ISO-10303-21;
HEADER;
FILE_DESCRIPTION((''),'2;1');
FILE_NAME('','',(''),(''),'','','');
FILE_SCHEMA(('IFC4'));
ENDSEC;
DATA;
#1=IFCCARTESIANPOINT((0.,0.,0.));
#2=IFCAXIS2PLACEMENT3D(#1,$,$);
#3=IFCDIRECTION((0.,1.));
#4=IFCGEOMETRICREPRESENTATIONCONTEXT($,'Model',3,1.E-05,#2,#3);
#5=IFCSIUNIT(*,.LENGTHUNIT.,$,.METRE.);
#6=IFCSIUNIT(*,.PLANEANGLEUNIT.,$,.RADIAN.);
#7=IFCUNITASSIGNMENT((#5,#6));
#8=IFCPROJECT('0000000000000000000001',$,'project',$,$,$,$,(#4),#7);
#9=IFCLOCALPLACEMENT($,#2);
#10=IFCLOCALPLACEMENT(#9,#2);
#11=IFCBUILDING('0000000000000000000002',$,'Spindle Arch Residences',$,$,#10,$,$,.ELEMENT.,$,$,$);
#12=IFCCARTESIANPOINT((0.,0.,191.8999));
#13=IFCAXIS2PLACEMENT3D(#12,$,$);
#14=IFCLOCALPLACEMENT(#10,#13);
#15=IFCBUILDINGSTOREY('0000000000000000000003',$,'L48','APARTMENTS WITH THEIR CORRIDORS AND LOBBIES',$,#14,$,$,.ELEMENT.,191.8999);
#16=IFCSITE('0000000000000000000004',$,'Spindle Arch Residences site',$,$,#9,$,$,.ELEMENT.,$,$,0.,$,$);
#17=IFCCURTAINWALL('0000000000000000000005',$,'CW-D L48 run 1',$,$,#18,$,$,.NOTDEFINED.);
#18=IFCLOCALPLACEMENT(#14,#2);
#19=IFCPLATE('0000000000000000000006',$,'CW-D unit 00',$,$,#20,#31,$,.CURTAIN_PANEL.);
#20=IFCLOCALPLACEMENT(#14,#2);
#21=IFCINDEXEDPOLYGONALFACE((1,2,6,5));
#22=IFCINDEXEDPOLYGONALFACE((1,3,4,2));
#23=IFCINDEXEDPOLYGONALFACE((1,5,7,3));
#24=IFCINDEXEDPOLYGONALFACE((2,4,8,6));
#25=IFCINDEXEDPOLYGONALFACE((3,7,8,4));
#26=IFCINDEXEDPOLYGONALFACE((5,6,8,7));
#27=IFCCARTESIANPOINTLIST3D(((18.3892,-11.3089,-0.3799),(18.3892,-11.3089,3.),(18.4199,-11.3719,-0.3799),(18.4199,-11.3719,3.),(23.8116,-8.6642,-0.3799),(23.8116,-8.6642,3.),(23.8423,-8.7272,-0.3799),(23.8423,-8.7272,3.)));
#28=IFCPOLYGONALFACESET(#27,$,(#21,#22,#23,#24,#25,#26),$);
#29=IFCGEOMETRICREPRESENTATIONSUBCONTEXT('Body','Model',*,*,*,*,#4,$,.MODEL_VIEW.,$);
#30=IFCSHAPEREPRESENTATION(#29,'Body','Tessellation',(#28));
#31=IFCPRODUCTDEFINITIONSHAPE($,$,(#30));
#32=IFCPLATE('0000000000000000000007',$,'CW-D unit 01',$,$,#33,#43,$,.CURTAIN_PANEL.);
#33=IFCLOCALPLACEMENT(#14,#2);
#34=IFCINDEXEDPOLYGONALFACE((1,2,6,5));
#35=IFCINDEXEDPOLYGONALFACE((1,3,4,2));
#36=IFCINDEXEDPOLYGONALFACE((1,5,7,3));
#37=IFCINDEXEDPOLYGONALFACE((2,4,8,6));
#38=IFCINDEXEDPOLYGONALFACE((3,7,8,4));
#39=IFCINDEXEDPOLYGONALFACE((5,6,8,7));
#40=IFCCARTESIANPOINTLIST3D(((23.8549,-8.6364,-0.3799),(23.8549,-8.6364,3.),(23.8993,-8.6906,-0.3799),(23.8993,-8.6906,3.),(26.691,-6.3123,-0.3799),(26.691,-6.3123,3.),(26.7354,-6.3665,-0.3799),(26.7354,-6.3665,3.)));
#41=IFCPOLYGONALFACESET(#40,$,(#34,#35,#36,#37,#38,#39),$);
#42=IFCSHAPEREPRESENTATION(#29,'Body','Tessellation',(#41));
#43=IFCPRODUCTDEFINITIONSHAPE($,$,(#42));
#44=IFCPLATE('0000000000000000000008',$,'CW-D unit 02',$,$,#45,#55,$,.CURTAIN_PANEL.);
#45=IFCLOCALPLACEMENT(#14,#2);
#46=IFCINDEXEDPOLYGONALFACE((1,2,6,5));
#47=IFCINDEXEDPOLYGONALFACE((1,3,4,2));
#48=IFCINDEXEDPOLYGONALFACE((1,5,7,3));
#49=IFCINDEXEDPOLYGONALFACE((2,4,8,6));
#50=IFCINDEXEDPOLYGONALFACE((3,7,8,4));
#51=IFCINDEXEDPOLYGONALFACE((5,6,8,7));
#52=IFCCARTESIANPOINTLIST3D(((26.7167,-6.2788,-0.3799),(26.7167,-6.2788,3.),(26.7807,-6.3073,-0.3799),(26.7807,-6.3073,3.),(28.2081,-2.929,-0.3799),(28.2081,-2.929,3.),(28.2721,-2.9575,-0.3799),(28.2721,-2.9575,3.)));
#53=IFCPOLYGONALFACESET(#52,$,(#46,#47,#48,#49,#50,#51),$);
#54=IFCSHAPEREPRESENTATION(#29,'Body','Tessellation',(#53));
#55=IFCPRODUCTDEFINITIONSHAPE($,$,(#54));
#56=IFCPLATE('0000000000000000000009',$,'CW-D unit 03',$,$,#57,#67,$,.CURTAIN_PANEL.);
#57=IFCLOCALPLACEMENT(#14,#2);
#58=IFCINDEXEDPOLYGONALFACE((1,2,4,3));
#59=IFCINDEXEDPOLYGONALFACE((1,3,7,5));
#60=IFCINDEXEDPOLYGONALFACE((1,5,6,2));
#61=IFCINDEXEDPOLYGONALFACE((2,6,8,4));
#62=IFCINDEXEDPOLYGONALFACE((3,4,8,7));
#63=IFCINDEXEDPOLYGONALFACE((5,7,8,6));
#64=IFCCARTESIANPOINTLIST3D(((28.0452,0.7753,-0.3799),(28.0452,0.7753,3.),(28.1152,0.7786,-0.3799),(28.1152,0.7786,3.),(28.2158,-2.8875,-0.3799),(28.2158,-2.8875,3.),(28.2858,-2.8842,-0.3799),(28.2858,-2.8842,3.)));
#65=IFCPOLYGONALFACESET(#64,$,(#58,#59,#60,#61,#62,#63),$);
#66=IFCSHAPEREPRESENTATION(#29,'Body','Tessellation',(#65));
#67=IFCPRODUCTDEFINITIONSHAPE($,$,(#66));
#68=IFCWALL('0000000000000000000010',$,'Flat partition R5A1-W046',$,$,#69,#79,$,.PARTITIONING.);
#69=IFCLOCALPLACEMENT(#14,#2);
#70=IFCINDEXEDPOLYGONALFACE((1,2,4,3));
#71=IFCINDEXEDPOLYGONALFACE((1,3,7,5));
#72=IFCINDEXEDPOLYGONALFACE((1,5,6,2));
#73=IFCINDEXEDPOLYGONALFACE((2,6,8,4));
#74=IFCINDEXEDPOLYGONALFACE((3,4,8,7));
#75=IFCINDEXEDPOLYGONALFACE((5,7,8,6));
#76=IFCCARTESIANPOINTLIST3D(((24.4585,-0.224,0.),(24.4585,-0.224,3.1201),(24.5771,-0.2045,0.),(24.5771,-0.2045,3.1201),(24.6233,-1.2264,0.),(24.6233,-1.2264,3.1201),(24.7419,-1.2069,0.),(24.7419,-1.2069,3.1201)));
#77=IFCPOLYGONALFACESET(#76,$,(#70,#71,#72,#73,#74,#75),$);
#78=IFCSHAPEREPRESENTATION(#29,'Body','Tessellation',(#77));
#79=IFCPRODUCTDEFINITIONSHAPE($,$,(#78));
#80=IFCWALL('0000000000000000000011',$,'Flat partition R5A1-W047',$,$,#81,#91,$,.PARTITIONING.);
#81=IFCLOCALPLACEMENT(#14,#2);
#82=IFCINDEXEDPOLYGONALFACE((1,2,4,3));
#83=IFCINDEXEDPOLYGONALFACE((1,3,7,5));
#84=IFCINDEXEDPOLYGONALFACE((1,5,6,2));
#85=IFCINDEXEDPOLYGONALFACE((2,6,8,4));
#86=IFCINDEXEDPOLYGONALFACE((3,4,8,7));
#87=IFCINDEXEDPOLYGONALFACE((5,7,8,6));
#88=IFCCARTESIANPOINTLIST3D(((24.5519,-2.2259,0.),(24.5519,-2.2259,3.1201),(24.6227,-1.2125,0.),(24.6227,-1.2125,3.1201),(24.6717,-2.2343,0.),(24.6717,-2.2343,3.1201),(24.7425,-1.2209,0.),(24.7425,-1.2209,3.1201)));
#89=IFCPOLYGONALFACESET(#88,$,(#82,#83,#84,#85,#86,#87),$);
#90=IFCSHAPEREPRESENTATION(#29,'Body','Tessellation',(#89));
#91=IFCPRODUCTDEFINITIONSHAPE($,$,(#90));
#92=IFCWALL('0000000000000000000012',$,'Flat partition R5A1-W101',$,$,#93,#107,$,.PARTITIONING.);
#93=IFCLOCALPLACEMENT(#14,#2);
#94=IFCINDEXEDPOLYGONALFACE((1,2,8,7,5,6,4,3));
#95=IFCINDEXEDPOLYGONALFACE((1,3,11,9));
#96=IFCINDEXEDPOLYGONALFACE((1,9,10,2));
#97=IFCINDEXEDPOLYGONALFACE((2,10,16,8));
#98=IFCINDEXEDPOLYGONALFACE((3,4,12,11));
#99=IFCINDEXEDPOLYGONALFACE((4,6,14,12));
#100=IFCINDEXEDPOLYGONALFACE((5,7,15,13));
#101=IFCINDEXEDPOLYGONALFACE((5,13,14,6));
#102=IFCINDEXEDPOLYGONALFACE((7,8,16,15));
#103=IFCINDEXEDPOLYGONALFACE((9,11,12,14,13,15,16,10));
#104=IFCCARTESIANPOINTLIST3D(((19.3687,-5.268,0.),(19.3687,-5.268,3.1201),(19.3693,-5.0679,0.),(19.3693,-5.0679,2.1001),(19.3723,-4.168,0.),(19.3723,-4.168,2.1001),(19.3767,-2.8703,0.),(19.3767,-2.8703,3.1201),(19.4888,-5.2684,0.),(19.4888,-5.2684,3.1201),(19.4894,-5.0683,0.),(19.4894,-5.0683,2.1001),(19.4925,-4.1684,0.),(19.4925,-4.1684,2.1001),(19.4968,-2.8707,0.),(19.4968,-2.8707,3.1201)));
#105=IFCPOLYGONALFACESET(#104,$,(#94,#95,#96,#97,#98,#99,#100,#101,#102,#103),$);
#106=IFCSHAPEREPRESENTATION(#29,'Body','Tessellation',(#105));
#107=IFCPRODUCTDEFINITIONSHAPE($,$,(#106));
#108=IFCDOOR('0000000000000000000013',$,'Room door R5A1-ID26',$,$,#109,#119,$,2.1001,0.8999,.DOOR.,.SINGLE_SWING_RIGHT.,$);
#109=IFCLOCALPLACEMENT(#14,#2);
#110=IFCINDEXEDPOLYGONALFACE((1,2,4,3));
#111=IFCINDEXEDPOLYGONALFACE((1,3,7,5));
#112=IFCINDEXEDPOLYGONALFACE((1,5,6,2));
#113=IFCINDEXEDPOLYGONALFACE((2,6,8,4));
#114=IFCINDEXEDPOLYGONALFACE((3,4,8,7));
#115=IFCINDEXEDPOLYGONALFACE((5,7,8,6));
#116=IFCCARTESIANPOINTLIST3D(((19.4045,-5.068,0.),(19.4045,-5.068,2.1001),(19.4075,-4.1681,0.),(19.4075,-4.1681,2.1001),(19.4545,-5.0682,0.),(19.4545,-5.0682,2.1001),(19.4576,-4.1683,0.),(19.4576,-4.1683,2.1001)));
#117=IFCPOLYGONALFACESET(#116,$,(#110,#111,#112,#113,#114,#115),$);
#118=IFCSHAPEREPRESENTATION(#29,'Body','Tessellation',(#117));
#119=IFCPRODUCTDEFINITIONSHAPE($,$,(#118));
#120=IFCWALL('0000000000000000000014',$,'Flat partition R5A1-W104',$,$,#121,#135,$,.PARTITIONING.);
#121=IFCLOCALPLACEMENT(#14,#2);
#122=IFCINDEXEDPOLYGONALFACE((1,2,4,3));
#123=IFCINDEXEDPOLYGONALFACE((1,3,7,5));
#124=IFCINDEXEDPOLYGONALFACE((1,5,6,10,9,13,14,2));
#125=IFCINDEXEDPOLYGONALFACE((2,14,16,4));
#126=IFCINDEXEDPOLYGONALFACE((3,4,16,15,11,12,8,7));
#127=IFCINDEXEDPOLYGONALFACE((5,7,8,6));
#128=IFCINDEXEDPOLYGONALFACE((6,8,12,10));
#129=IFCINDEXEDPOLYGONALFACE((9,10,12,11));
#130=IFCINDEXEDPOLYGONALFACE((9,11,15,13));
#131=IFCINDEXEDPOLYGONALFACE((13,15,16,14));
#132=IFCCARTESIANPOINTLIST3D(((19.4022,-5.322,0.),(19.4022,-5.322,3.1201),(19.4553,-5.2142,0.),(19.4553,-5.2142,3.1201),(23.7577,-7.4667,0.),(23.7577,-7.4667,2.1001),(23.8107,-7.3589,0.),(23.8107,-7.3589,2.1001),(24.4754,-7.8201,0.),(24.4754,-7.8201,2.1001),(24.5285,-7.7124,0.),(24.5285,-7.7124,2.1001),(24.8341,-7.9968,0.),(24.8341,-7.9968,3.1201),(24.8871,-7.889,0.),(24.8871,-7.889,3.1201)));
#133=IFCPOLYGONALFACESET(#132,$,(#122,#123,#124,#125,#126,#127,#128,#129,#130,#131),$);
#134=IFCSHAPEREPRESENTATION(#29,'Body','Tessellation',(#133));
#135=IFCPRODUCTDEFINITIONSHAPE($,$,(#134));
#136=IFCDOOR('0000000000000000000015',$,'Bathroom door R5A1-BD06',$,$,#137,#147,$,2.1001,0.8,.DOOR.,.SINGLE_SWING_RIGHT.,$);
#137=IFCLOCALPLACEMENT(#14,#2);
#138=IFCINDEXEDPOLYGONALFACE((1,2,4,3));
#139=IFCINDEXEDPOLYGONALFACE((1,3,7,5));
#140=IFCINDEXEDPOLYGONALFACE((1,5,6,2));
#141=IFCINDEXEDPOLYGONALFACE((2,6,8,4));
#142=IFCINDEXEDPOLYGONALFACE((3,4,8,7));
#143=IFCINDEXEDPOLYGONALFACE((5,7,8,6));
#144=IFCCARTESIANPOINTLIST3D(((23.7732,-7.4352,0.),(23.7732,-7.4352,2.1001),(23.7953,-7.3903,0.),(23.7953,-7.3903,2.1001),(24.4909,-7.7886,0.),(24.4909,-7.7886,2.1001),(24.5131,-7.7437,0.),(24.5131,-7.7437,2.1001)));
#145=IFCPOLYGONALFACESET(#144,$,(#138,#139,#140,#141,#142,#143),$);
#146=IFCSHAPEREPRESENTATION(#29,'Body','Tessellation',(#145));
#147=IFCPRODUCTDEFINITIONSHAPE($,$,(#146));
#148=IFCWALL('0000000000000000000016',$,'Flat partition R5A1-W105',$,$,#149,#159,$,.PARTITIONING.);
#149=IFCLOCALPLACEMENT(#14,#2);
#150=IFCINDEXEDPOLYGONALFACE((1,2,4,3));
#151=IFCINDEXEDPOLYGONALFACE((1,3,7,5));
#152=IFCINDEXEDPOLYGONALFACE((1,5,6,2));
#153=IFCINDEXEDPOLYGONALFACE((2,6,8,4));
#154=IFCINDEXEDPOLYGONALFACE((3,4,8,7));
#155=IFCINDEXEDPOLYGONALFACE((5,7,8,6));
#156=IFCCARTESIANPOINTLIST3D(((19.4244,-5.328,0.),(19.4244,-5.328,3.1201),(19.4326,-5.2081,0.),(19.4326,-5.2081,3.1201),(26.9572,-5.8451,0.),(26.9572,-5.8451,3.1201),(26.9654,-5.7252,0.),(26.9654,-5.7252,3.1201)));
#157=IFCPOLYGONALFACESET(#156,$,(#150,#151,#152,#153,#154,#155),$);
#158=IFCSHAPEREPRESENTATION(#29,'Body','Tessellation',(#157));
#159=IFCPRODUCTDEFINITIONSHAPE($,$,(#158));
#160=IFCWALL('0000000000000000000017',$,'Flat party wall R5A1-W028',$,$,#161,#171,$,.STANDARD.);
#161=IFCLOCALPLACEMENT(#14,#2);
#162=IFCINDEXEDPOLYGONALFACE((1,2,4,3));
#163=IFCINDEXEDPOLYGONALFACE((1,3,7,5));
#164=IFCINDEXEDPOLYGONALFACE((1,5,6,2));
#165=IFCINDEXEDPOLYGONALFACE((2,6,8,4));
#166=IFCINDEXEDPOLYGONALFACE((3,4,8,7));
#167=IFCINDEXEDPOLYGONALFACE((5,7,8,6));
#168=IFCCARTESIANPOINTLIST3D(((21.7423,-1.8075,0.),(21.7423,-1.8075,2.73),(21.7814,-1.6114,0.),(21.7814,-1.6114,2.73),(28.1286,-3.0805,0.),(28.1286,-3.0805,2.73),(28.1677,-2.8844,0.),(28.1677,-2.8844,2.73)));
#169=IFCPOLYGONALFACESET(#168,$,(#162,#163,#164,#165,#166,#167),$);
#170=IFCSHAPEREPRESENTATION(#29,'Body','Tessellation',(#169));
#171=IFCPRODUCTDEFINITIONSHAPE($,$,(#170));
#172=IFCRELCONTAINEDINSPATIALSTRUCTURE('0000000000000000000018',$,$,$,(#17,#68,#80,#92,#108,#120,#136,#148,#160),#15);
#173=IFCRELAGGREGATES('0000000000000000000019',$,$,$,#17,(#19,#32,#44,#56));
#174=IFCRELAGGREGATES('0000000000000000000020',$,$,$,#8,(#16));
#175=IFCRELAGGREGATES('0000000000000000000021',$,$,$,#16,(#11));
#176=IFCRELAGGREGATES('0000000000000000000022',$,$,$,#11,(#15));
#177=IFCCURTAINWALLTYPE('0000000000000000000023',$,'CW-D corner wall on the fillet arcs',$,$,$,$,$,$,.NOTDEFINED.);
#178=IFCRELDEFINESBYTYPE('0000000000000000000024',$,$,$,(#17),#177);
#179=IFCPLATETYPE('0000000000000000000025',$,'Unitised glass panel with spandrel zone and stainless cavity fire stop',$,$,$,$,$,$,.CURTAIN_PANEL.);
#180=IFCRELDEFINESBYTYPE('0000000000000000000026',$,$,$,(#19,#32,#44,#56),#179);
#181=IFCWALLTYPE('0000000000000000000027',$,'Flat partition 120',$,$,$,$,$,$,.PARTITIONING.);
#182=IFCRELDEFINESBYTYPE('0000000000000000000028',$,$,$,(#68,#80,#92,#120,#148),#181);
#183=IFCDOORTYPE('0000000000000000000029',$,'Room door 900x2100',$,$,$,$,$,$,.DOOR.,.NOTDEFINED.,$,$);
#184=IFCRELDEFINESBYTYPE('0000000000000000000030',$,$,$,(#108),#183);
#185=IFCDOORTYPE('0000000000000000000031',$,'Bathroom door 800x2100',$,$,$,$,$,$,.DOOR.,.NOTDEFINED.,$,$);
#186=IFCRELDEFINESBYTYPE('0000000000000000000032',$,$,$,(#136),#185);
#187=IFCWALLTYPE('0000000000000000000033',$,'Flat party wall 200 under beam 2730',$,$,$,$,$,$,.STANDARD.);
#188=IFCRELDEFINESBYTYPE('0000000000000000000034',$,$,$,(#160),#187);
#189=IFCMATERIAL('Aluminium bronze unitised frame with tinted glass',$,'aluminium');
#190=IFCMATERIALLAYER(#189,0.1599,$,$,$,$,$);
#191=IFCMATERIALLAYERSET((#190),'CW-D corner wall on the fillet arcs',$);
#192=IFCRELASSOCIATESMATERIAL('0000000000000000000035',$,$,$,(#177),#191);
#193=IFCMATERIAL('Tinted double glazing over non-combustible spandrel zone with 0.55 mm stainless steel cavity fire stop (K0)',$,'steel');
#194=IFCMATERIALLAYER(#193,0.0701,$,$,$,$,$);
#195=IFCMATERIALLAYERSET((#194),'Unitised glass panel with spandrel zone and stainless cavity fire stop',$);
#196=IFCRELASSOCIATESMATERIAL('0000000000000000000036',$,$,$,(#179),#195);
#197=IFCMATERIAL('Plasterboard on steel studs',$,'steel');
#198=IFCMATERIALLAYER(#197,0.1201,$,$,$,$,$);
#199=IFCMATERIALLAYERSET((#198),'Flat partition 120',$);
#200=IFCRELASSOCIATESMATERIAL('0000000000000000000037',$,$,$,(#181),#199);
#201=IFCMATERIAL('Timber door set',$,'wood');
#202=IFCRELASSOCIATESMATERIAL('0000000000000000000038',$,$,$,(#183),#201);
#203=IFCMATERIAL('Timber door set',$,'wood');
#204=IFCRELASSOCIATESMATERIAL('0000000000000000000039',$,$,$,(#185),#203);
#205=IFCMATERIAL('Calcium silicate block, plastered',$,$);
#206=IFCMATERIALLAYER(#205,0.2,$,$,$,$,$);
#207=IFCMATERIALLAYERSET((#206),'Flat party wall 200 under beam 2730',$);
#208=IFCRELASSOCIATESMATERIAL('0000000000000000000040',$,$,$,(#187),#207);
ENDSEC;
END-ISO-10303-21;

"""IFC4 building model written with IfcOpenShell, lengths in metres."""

from ifc_helpers import new_model, si_unit, direction, frame, frame_2d, origin, origin_2d, place, context, subcontext, project, spatial, rectangle, extrude, material, layer, layer_set, type_object, element, fill, aggregate, save


model = new_model("IFC4")

# Units and contexts
model_context = context("Model", 3, precision=1e-05, world=origin(), true_north=direction((0.0, 1.0)))
body_context = subcontext(model_context, "Body", "Model", "MODEL_VIEW")
ifc_project = project(units=[si_unit("LENGTHUNIT", "METRE"), si_unit("PLANEANGLEUNIT", "RADIAN")], contexts=[model_context])

# Site, building, storey
site_placement = place(None, origin())
site = spatial("IfcSite", under=ifc_project, at=site_placement, Name="Spindle Arch Residences site", CompositionType="ELEMENT", RefElevation=0.0)
building_placement = place(site_placement, origin())
building = spatial("IfcBuilding", under=site, at=building_placement, Name="Spindle Arch Residences", CompositionType="ELEMENT")
storey_placement = place(building_placement, frame((0.0, 0.0, 191.8999)))
storey = spatial("IfcBuildingStorey", under=building, at=storey_placement, Name="L48", Description="APARTMENTS WITH THEIR CORRIDORS AND LOBBIES", CompositionType="ELEMENT", Elevation=191.8999)

# Curtain wall
ifc_material_1 = material(Name="Aluminium bronze unitised frame with tinted glass", Category="aluminium")
ifc_layer_1 = layer(ifc_material_1, 0.1599)
ifc_layer_set_1 = layer_set([ifc_layer_1], Name="CW-D corner wall on the fillet arcs")
curtain_wall_type = type_object("IfcCurtainWallType", Name="CW-D corner wall on the fillet arcs", PredefinedType="NOTDEFINED", material=ifc_layer_set_1)
curtain_wall_placement = place(storey_placement, origin())
curtain_wall = element("IfcCurtainWall", 1, at=curtain_wall_placement, inside=storey, type_object=curtain_wall_type, Name="CW-D L48 run 1", PredefinedType="NOTDEFINED")

# Plates
ifc_material_2 = material(Name="Tinted double glazing over non-combustible spandrel zone with 0.55 mm stainless steel cavity fire stop (K0)", Category="steel")
ifc_layer_2 = layer(ifc_material_2, 0.0701)
ifc_layer_set_2 = layer_set([ifc_layer_2], Name="Unitised glass panel with spandrel zone and stainless cavity fire stop")
plate_type = type_object("IfcPlateType", Name="Unitised glass panel with spandrel zone and stainless cavity fire stop", PredefinedType="CURTAIN_PANEL", material=ifc_layer_set_2)
plate_1_placement = place(storey_placement, frame((21.1157, -10.0181, -0.3799), z_axis=(0.0, 0.0, 1.0), x_axis=(0.898794, 0.438371, 0.0)))
plate_1 = element("IfcPlate", 2, at=plate_1_placement, type_object=plate_type, Name="CW-D unit 00", PredefinedType="CURTAIN_PANEL", context=body_context, shape_type="SweptSolid", body=[
    extrude(rectangle(XDim=6.033, YDim=0.0701, at=origin_2d()), origin(), (0.0, 0.0, 1.0), 3.3799),
])
plate_2_placement = place(storey_placement, frame((25.2952, -7.5015, -0.3799), z_axis=(0.0, 0.0, 1.0), x_axis=(0.773472, 0.633831, 0.0)))
plate_2 = element("IfcPlate", 3, at=plate_2_placement, type_object=plate_type, Name="CW-D unit 01", PredefinedType="CURTAIN_PANEL", context=body_context, shape_type="SweptSolid", body=[
    extrude(rectangle(XDim=3.6667, YDim=0.0701, at=origin_2d()), origin(), (0.0, 0.0, 1.0), 3.3799),
])
plate_3_placement = place(storey_placement, frame((27.4944, -4.6182, -0.3799), z_axis=(0.0, 0.0, 1.0), x_axis=(0.406737, 0.913545, 0.0)))
plate_3 = element("IfcPlate", 4, at=plate_3_placement, type_object=plate_type, Name="CW-D unit 02", PredefinedType="CURTAIN_PANEL", context=body_context, shape_type="SweptSolid", body=[
    extrude(rectangle(XDim=3.6667, YDim=0.0701, at=origin_2d()), origin(), (0.0, 0.0, 1.0), 3.3799),
])
plate_4_placement = place(storey_placement, frame((28.1655, -1.0544, -0.3799), z_axis=(0.0, 0.0, 1.0), x_axis=(-0.046525, 0.998917, 0.0)))
plate_4 = element("IfcPlate", 5, at=plate_4_placement, type_object=plate_type, Name="CW-D unit 03", PredefinedType="CURTAIN_PANEL", context=body_context, shape_type="SweptSolid", body=[
    extrude(rectangle(XDim=3.6667, YDim=0.0701, at=origin_2d()), origin(), (0.0, 0.0, 1.0), 3.3799),
])
aggregate(curtain_wall, [plate_1, plate_2, plate_3, plate_4])

# Walls
ifc_material_3 = material(Name="Plasterboard on steel studs", Category="steel")
ifc_layer_3 = layer(ifc_material_3, 0.1201)
ifc_layer_set_3 = layer_set([ifc_layer_3], Name="Flat partition 120")
wall_type_1 = type_object("IfcWallType", Name="Flat partition 120", PredefinedType="PARTITIONING", material=ifc_layer_set_3)
for number, where, z_axis, x_axis, name in (
    (6, (24.5178, -0.2144, 0.0), (0.0, 0.0, 1.0), (0.162216, -0.986755, 0.0), "Flat partition R5A1-W046"),
    (7, (24.6826, -1.2168, 0.0), (0.0, 0.0, 1.0), (-0.069693, -0.997568, 0.0), "Flat partition R5A1-W047"),
):
    element("IfcWall", number, at=place(storey_placement, frame(where, z_axis=z_axis, x_axis=x_axis)), inside=storey, type_object=wall_type_1, Name=name, PredefinedType="PARTITIONING", context=body_context, shape_type="SweptSolid", body=[
        extrude(rectangle(XDim=1.0159, YDim=0.1201, at=frame_2d((0.5078, 0.0))), origin(), (0.0, 0.0, 1.0), 3.1201),
    ])

# Walls, openings, doors
wall_1_placement = place(storey_placement, frame((19.4287, -5.2681, 0.0), z_axis=(0.0, 0.0, 1.0), x_axis=(0.00336, 0.999994, 0.0)))
wall_1 = element("IfcWall", 8, at=wall_1_placement, inside=storey, type_object=wall_type_1, Name="Flat partition R5A1-W101", PredefinedType="PARTITIONING", context=body_context, shape_type="SweptSolid", body=[
    extrude(rectangle(XDim=2.3977, YDim=0.1201, at=frame_2d((1.1987, 0.0))), origin(), (0.0, 0.0, 1.0), 3.1201),
])
opening_1_placement = place(wall_1_placement, frame((0.2, 0.0, 0.0)))
opening_1 = element("IfcOpeningElement", 9, at=opening_1_placement, cuts=wall_1, PredefinedType="OPENING", context=body_context, shape_type="SweptSolid", body=[
    extrude(rectangle(XDim=0.8999, YDim=2.1001, at=frame_2d((0.45, 1.05))), frame((0.0, 0.0701, 0.0), z_axis=(0.0, -1.0, 0.0), x_axis=(1.0, 0.0, 0.0)), (0.0, 0.0, 1.0), 0.1401),
])
ifc_material_4 = material(Name="Timber door set", Category="wood")
door_type_1 = type_object("IfcDoorType", Name="Room door 900x2100", OperationType="NOTDEFINED", PredefinedType="DOOR", material=ifc_material_4)
door_1_placement = place(opening_1_placement, origin())
door_1 = element("IfcDoor", 10, at=door_1_placement, inside=storey, type_object=door_type_1, Name="Room door R5A1-ID26", OperationType="SINGLE_SWING_RIGHT", OverallHeight=2.1001, OverallWidth=0.8999, PredefinedType="DOOR", context=body_context, shape_type="SweptSolid", body=[
    extrude(rectangle(XDim=0.8999, YDim=2.1001, at=frame_2d((0.45, 1.05))), frame((0.0, 0.0249, 0.0), z_axis=(0.0, -1.0, 0.0), x_axis=(1.0, 0.0, 0.0)), (0.0, 0.0, 1.0), 0.05),
])
fill(opening_1, door_1)
wall_2_placement = place(storey_placement, frame((24.8606, -7.9429, 0.0), z_axis=(0.0, 0.0, 1.0), x_axis=(-0.897128, 0.44177, 0.0)))
wall_2 = element("IfcWall", 11, at=wall_2_placement, inside=storey, type_object=wall_type_1, Name="Flat partition R5A1-W104", PredefinedType="PARTITIONING", context=body_context, shape_type="SweptSolid", body=[
    extrude(rectangle(XDim=6.0547, YDim=0.1201, at=frame_2d((3.0273, 0.0))), origin(), (0.0, 0.0, 1.0), 3.1201),
])
opening_2_placement = place(wall_2_placement, frame((0.3999, 0.0, 0.0)))
opening_2 = element("IfcOpeningElement", 12, at=opening_2_placement, cuts=wall_2, PredefinedType="OPENING", context=body_context, shape_type="SweptSolid", body=[
    extrude(rectangle(XDim=0.8, YDim=2.1001, at=frame_2d((0.3999, 1.05))), frame((0.0, 0.0701, 0.0), z_axis=(0.0, -1.0, 0.0), x_axis=(1.0, 0.0, 0.0)), (0.0, 0.0, 1.0), 0.1401),
])
ifc_material_5 = material(Name="Timber door set", Category="wood")
door_type_2 = type_object("IfcDoorType", Name="Bathroom door 800x2100", OperationType="NOTDEFINED", PredefinedType="DOOR", material=ifc_material_5)
door_2_placement = place(opening_2_placement, origin())
door_2 = element("IfcDoor", 13, at=door_2_placement, inside=storey, type_object=door_type_2, Name="Bathroom door R5A1-BD06", OperationType="SINGLE_SWING_RIGHT", OverallHeight=2.1001, OverallWidth=0.8, PredefinedType="DOOR", context=body_context, shape_type="SweptSolid", body=[
    extrude(rectangle(XDim=0.8, YDim=2.1001, at=frame_2d((0.3999, 1.05))), frame((0.0, 0.0249, 0.0), z_axis=(0.0, -1.0, 0.0), x_axis=(1.0, 0.0, 0.0)), (0.0, 0.0, 1.0), 0.05),
])
fill(opening_2, door_2)

# Walls
wall_3_placement = place(storey_placement, frame((26.9614, -5.7852, 0.0), z_axis=(0.0, 0.0, 1.0), x_axis=(-0.997652, 0.068485, 0.0)))
element("IfcWall", 14, at=wall_3_placement, inside=storey, type_object=wall_type_1, Name="Flat partition R5A1-W105", PredefinedType="PARTITIONING", context=body_context, shape_type="SweptSolid", body=[
    extrude(rectangle(XDim=7.5505, YDim=0.1201, at=frame_2d((3.7754, 0.0))), origin(), (0.0, 0.0, 1.0), 3.1201),
])
ifc_material_6 = material(Name="Calcium silicate block, plastered")
ifc_layer_4 = layer(ifc_material_6, 0.2)
ifc_layer_set_4 = layer_set([ifc_layer_4], Name="Flat party wall 200 under beam 2730")
wall_type_2 = type_object("IfcWallType", Name="Flat party wall 200 under beam 2730", PredefinedType="STANDARD", material=ifc_layer_set_4)
wall_4_placement = place(storey_placement, frame((21.762, -1.7095, 0.0), z_axis=(0.0, 0.0, 1.0), x_axis=(0.980707, -0.195482, 0.0)))
element("IfcWall", 15, at=wall_4_placement, inside=storey, type_object=wall_type_2, Name="Flat party wall R5A1-W028", PredefinedType="STANDARD", context=body_context, shape_type="SweptSolid", body=[
    extrude(rectangle(XDim=6.512, YDim=0.2, at=frame_2d((3.2559, 0.0))), origin(), (0.0, 0.0, 1.0), 2.73),
])

save(model, "model.ifc")
